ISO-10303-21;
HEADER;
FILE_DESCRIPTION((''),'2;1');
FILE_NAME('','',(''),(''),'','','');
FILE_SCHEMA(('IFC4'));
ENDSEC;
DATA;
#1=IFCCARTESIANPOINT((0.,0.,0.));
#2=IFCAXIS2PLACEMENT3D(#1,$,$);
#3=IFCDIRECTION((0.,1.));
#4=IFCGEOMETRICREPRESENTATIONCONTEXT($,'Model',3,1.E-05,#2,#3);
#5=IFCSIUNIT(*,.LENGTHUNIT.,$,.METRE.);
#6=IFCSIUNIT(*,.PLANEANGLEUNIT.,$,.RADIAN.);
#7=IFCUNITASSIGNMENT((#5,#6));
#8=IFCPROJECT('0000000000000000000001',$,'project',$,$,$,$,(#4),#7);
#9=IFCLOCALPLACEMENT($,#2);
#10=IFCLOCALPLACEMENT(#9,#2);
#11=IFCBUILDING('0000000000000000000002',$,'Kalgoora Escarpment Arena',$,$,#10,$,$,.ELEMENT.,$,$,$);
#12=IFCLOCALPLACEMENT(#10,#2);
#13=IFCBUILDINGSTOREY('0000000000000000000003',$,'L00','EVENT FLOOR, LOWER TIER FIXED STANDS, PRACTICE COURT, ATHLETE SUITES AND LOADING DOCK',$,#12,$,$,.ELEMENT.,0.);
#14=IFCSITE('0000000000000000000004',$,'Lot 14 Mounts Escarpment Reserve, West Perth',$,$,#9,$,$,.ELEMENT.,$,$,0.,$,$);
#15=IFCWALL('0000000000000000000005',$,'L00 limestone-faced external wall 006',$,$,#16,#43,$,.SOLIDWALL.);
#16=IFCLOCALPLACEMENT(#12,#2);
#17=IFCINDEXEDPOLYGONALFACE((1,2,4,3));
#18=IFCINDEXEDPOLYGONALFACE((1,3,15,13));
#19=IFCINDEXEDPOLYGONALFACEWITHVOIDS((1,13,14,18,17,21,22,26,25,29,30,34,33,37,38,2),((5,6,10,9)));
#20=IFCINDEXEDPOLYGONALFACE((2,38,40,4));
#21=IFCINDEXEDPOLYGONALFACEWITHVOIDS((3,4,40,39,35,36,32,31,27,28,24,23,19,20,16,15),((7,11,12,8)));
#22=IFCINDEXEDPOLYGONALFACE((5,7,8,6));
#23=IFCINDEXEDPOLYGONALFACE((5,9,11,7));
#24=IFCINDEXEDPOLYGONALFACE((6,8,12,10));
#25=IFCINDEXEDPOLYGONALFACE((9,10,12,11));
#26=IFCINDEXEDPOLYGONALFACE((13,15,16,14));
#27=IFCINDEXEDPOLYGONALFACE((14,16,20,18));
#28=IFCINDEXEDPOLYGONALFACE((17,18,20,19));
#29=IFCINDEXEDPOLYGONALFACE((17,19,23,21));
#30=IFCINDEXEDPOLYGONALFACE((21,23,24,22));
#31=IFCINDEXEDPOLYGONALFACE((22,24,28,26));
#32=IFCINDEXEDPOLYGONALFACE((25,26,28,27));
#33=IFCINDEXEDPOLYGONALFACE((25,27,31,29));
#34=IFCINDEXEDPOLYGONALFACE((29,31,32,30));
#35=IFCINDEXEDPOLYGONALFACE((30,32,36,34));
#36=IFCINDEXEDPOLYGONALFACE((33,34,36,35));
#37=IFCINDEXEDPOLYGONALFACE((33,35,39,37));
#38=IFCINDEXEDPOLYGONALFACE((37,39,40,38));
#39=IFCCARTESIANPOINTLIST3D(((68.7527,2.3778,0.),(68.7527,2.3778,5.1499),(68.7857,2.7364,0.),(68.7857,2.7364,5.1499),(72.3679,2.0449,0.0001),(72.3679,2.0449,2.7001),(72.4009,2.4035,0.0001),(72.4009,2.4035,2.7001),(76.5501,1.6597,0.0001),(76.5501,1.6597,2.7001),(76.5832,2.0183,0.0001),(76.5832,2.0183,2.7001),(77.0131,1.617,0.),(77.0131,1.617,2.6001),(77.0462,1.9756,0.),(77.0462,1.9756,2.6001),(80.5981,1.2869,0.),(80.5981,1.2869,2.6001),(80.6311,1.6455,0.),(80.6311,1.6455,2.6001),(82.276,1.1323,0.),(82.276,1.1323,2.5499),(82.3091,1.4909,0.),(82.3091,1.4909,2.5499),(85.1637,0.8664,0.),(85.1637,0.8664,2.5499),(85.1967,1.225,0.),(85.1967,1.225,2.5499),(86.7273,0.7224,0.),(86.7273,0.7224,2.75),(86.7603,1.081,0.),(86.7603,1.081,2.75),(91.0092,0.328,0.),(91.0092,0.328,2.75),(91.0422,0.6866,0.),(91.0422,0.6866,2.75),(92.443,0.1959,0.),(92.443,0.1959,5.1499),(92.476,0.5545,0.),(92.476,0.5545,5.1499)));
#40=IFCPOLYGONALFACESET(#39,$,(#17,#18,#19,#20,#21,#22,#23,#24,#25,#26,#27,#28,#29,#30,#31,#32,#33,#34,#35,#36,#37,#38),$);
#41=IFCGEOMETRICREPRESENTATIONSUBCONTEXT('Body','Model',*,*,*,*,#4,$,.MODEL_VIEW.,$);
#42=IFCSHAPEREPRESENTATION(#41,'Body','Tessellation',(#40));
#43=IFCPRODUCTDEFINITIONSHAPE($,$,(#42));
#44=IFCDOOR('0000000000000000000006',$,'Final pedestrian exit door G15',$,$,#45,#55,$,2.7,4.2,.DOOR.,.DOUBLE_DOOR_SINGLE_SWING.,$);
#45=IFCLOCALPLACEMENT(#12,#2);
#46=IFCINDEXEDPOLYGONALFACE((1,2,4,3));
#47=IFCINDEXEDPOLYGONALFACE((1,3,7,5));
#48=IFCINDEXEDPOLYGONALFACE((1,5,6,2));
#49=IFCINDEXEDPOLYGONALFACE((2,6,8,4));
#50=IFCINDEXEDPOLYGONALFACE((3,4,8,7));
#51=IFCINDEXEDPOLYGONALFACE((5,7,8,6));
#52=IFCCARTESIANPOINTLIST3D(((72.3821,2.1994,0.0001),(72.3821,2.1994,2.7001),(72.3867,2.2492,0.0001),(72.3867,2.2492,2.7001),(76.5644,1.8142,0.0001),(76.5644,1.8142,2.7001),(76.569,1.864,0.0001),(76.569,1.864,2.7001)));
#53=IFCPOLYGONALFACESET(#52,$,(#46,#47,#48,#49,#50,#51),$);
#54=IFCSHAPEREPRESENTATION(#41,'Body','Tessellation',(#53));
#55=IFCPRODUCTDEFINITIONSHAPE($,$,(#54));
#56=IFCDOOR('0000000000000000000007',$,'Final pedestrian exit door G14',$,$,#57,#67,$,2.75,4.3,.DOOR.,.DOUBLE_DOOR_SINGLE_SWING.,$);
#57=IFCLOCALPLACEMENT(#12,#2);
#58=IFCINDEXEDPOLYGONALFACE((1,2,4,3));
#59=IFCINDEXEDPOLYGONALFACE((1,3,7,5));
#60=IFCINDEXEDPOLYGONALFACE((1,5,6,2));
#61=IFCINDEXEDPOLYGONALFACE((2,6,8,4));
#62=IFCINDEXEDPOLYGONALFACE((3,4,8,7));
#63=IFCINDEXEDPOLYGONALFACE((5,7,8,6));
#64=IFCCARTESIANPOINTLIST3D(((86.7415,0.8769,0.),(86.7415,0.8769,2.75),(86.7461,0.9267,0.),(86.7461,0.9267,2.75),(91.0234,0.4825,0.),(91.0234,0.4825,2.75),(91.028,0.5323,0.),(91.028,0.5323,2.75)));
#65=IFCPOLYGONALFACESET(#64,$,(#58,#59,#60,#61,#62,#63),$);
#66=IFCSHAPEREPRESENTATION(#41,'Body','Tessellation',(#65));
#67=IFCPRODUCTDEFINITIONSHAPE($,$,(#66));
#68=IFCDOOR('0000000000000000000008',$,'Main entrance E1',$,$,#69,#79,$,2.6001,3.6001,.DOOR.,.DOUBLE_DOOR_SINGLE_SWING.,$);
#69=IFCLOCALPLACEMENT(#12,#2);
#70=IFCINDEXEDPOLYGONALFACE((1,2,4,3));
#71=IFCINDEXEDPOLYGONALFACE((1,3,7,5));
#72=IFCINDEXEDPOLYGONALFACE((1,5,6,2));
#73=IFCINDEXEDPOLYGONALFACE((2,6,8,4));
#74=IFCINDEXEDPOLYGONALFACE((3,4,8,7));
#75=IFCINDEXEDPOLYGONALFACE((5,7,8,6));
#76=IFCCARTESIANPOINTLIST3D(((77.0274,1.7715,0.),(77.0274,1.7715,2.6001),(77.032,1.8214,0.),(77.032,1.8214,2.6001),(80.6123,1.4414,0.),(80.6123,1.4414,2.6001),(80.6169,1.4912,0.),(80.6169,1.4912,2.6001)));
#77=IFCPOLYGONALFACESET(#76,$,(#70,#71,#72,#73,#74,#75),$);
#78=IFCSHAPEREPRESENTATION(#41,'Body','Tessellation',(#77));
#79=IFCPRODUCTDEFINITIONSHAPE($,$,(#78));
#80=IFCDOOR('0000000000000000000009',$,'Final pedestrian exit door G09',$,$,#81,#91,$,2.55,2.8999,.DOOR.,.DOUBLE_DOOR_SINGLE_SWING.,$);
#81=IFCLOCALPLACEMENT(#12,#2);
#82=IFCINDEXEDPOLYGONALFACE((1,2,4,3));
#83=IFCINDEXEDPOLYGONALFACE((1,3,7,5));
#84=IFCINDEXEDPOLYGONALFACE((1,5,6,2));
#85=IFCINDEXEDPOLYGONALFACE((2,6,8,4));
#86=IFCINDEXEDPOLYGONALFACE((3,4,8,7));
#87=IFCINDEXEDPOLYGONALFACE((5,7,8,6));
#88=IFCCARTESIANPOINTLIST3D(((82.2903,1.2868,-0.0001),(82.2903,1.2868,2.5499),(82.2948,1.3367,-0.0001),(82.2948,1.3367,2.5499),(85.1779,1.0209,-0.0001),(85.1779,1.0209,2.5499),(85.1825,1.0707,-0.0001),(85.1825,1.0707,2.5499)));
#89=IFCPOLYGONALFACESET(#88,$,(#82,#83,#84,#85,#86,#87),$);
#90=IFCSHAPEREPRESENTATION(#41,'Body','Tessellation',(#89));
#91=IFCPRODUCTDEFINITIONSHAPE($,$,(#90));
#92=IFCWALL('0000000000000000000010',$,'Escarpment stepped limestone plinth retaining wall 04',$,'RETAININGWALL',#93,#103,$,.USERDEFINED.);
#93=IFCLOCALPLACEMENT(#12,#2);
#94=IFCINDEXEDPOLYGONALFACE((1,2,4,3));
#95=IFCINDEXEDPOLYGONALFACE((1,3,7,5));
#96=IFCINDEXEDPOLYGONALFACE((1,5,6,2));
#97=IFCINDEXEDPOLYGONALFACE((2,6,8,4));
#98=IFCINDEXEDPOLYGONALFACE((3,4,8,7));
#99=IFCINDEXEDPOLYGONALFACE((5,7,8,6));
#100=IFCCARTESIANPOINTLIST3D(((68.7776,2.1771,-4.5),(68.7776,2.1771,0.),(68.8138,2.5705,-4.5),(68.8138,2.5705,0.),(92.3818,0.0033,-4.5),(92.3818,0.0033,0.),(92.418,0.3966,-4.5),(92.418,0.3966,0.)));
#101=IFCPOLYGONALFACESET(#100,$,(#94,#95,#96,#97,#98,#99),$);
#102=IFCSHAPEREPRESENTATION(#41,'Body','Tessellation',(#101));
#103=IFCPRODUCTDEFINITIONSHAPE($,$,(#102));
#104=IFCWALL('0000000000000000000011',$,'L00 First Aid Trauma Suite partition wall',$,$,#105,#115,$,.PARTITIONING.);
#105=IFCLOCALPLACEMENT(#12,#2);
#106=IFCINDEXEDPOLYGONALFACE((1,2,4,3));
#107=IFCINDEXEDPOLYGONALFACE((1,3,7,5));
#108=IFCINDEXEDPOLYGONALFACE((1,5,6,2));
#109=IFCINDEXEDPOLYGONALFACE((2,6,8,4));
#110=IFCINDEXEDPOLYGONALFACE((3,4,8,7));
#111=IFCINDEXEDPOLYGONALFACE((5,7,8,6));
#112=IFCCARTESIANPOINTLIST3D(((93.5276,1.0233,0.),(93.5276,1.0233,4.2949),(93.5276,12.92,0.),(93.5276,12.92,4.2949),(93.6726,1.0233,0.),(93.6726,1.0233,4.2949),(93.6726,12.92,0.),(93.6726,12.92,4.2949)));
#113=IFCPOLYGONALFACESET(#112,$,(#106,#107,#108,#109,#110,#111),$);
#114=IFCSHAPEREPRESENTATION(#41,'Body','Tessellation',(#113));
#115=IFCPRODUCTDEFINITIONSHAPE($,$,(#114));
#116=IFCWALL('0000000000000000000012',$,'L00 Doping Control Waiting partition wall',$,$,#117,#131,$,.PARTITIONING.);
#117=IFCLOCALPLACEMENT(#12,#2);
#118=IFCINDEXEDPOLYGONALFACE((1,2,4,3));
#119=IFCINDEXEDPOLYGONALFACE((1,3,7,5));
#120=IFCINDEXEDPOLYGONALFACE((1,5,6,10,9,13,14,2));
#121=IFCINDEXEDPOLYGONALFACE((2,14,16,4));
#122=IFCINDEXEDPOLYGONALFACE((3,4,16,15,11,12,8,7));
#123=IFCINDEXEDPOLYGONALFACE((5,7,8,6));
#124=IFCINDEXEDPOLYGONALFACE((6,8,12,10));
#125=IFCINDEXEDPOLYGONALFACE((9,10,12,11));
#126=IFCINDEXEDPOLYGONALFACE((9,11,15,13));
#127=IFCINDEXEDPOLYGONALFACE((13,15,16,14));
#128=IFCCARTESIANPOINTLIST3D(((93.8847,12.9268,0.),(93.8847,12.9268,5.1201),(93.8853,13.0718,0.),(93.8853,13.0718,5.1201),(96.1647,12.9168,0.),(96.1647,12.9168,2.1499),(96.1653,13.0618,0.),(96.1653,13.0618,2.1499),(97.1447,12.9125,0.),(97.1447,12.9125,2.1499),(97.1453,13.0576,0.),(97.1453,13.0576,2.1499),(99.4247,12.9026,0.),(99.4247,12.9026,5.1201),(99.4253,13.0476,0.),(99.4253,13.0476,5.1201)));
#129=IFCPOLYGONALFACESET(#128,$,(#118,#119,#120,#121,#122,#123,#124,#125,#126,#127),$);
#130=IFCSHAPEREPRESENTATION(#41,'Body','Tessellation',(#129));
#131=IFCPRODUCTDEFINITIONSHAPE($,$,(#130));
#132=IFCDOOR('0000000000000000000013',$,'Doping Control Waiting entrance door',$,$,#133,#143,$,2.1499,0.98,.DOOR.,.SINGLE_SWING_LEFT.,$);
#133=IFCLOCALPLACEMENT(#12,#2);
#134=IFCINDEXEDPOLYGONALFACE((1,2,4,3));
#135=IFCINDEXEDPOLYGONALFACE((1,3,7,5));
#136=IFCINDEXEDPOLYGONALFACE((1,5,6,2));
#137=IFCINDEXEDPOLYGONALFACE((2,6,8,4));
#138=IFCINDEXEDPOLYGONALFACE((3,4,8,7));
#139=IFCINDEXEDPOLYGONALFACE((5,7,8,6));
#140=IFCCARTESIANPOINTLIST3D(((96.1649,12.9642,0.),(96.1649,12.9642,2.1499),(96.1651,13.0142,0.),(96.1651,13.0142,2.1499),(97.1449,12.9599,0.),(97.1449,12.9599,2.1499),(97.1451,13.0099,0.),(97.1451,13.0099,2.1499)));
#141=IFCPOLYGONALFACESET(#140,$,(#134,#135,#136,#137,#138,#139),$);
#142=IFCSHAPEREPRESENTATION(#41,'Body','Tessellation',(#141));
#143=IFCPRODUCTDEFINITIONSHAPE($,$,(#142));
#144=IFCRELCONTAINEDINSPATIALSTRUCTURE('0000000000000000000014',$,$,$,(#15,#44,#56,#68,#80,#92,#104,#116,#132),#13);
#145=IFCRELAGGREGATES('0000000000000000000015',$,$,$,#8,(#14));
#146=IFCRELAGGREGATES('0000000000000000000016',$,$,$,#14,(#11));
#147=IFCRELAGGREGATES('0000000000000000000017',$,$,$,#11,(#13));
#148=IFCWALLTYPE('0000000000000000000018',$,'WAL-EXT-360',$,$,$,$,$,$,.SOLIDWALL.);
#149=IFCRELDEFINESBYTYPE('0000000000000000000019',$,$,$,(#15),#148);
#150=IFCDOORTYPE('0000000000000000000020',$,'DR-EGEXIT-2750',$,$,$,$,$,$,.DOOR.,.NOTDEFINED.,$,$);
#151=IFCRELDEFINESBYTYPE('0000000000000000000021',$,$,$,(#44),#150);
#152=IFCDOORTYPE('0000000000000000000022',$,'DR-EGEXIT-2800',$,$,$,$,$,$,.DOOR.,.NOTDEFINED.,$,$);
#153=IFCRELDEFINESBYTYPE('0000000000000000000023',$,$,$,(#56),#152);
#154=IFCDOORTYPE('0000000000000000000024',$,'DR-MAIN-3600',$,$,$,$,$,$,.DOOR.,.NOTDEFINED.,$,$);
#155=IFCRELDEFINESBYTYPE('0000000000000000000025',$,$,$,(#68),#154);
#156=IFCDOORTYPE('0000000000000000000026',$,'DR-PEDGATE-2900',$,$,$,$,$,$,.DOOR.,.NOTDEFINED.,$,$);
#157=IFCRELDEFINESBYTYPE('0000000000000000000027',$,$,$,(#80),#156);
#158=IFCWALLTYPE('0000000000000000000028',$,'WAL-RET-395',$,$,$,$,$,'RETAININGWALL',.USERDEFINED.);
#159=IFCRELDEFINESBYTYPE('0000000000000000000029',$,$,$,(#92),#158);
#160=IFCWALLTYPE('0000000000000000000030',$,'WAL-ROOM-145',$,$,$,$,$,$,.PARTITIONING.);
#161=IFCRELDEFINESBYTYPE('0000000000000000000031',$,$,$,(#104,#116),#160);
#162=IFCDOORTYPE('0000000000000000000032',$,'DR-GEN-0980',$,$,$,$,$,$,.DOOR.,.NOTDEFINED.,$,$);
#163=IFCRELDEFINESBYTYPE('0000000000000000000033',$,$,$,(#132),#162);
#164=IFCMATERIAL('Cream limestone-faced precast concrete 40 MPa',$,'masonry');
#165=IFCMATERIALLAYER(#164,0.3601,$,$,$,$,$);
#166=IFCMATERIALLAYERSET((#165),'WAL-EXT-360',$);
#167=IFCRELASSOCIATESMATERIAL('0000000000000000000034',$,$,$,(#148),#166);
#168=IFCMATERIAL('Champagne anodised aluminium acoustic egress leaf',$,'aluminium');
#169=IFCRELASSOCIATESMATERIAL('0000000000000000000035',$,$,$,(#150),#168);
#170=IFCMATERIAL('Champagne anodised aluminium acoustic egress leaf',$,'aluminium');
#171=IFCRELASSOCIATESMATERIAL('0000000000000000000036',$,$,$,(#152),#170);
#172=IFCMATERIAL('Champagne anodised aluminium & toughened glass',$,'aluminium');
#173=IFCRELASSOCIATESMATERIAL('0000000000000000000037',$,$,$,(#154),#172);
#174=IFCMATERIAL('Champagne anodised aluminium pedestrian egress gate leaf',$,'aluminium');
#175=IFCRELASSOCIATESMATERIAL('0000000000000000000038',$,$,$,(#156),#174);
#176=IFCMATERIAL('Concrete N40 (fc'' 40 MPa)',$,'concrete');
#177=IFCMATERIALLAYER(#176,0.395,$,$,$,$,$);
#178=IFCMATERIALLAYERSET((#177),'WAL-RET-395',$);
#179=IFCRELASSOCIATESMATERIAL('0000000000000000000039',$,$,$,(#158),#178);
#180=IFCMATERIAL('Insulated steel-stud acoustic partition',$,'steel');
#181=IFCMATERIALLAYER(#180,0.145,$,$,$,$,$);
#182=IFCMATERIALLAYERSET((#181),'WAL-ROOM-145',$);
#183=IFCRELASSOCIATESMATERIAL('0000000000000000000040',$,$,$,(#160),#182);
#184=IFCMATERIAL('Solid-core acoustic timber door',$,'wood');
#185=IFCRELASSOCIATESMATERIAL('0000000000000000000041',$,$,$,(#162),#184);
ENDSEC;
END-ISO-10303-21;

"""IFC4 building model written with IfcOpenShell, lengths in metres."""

from ifc_helpers import new_model, si_unit, direction, frame, frame_2d, origin, place, context, subcontext, project, spatial, rectangle, extrude, material, layer, layer_set, type_object, element, fill, save


model = new_model("IFC4")

# Units and contexts
model_context = context("Model", 3, precision=1e-05, world=origin(), true_north=direction((0.0, 1.0)))
body_context = subcontext(model_context, "Body", "Model", "MODEL_VIEW")
ifc_project = project(units=[si_unit("LENGTHUNIT", "METRE"), si_unit("PLANEANGLEUNIT", "RADIAN")], contexts=[model_context])

# Site, building, storey
site_placement = place(None, origin())
site = spatial("IfcSite", under=ifc_project, at=site_placement, Name="Lot 14 Mounts Escarpment Reserve, West Perth", CompositionType="ELEMENT", RefElevation=0.0)
building_placement = place(site_placement, origin())
building = spatial("IfcBuilding", under=site, at=building_placement, Name="Kalgoora Escarpment Arena", CompositionType="ELEMENT")
storey_placement = place(building_placement, origin())
storey = spatial("IfcBuildingStorey", under=building, at=storey_placement, Name="L00", Description="EVENT FLOOR, LOWER TIER FIXED STANDS, PRACTICE COURT, ATHLETE SUITES AND LOADING DOCK", CompositionType="ELEMENT", Elevation=0.0)

# Wall, openings, doors
ifc_material_1 = material(Name="Cream limestone-faced precast concrete 40 MPa", Category="masonry")
ifc_layer_1 = layer(ifc_material_1, 0.3601)
ifc_layer_set_1 = layer_set([ifc_layer_1], Name="WAL-EXT-360")
wall_type_1 = type_object("IfcWallType", Name="WAL-EXT-360", PredefinedType="SOLIDWALL", material=ifc_layer_set_1)
wall_1_placement = place(storey_placement, frame((92.4595, 0.3752, 0.0), z_axis=(0.0, 0.0, 1.0), x_axis=(-0.995786, 0.091713, 0.0)))
wall_1 = element("IfcWall", 1, at=wall_1_placement, inside=storey, type_object=wall_type_1, Name="L00 limestone-faced external wall 006", PredefinedType="SOLIDWALL", context=body_context, shape_type="SweptSolid", body=[
    extrude(rectangle(XDim=23.7905, YDim=0.3601, at=frame_2d((11.8953, 0.0))), origin(), (0.0, 0.0, 1.0), 5.1499),
])
opening_1_placement = place(wall_1_placement, frame((7.3101, 0.0, 0.0)))
opening_1 = element("IfcOpeningElement", 2, at=opening_1_placement, cuts=wall_1, PredefinedType="OPENING", context=body_context, shape_type="SweptSolid", body=[
    extrude(rectangle(XDim=2.8999, YDim=2.55, at=frame_2d((1.45, 1.2749))), frame((0.0, 0.1899, 0.0), z_axis=(0.0, -1.0, 0.0), x_axis=(1.0, 0.0, 0.0)), (0.0, 0.0, 1.0), 0.3801),
])
opening_2_placement = place(wall_1_placement, frame((11.895, 0.0, 0.0)))
opening_2 = element("IfcOpeningElement", 3, at=opening_2_placement, cuts=wall_1, PredefinedType="OPENING", context=body_context, shape_type="SweptSolid", body=[
    extrude(rectangle(XDim=3.6001, YDim=2.6001, at=frame_2d((1.8, 1.3))), frame((0.0, 0.1899, 0.0), z_axis=(0.0, -1.0, 0.0), x_axis=(1.0, 0.0, 0.0)), (0.0, 0.0, 1.0), 0.3801),
])
opening_3_placement = place(wall_1_placement, frame((1.4399, 0.0, 0.0)))
opening_3 = element("IfcOpeningElement", 4, at=opening_3_placement, cuts=wall_1, PredefinedType="OPENING", context=body_context, shape_type="SweptSolid", body=[
    extrude(rectangle(XDim=4.3, YDim=2.75, at=frame_2d((2.1499, 1.375))), frame((0.0, 0.1899, 0.0), z_axis=(0.0, -1.0, 0.0), x_axis=(1.0, 0.0, 0.0)), (0.0, 0.0, 1.0), 0.3801),
])
opening_4_placement = place(wall_1_placement, frame((15.96, 0.0, 0.0)))
opening_4 = element("IfcOpeningElement", 5, at=opening_4_placement, cuts=wall_1, PredefinedType="OPENING", context=body_context, shape_type="SweptSolid", body=[
    extrude(rectangle(XDim=4.2, YDim=2.7, at=frame_2d((2.1001, 1.3501))), frame((0.0, 0.1899, 0.0), z_axis=(0.0, -1.0, 0.0), x_axis=(1.0, 0.0, 0.0)), (0.0, 0.0, 1.0), 0.3801),
])
ifc_material_2 = material(Name="Champagne anodised aluminium acoustic egress leaf", Category="aluminium")
door_type_1 = type_object("IfcDoorType", Name="DR-EGEXIT-2750", OperationType="NOTDEFINED", PredefinedType="DOOR", material=ifc_material_2)
door_1_placement = place(opening_4_placement, origin())
door_1 = element("IfcDoor", 6, at=door_1_placement, inside=storey, type_object=door_type_1, Name="Final pedestrian exit door G15", OperationType="DOUBLE_DOOR_SINGLE_SWING", OverallHeight=2.7, OverallWidth=4.2, PredefinedType="DOOR", context=body_context, shape_type="SweptSolid", body=[
    extrude(rectangle(XDim=4.2, YDim=2.7, at=frame_2d((2.1001, 1.3501))), frame((0.0, 0.0249, 0.0), z_axis=(0.0, -1.0, 0.0), x_axis=(1.0, 0.0, 0.0)), (0.0, 0.0, 1.0), 0.05),
])
fill(opening_4, door_1)
ifc_material_3 = material(Name="Champagne anodised aluminium acoustic egress leaf", Category="aluminium")
door_type_2 = type_object("IfcDoorType", Name="DR-EGEXIT-2800", OperationType="NOTDEFINED", PredefinedType="DOOR", material=ifc_material_3)
door_2_placement = place(opening_3_placement, origin())
door_2 = element("IfcDoor", 7, at=door_2_placement, inside=storey, type_object=door_type_2, Name="Final pedestrian exit door G14", OperationType="DOUBLE_DOOR_SINGLE_SWING", OverallHeight=2.75, OverallWidth=4.3, PredefinedType="DOOR", context=body_context, shape_type="SweptSolid", body=[
    extrude(rectangle(XDim=4.3, YDim=2.75, at=frame_2d((2.1499, 1.375))), frame((0.0, 0.0249, 0.0), z_axis=(0.0, -1.0, 0.0), x_axis=(1.0, 0.0, 0.0)), (0.0, 0.0, 1.0), 0.05),
])
fill(opening_3, door_2)
ifc_material_4 = material(Name="Champagne anodised aluminium & toughened glass", Category="aluminium")
door_type_3 = type_object("IfcDoorType", Name="DR-MAIN-3600", OperationType="NOTDEFINED", PredefinedType="DOOR", material=ifc_material_4)
door_3_placement = place(opening_2_placement, origin())
door_3 = element("IfcDoor", 8, at=door_3_placement, inside=storey, type_object=door_type_3, Name="Main entrance E1", OperationType="DOUBLE_DOOR_SINGLE_SWING", OverallHeight=2.6001, OverallWidth=3.6001, PredefinedType="DOOR", context=body_context, shape_type="SweptSolid", body=[
    extrude(rectangle(XDim=3.6001, YDim=2.6001, at=frame_2d((1.8, 1.3))), frame((0.0, 0.0249, 0.0), z_axis=(0.0, -1.0, 0.0), x_axis=(1.0, 0.0, 0.0)), (0.0, 0.0, 1.0), 0.05),
])
fill(opening_2, door_3)
ifc_material_5 = material(Name="Champagne anodised aluminium pedestrian egress gate leaf", Category="aluminium")
door_type_4 = type_object("IfcDoorType", Name="DR-PEDGATE-2900", OperationType="NOTDEFINED", PredefinedType="DOOR", material=ifc_material_5)
door_4_placement = place(opening_1_placement, origin())
door_4 = element("IfcDoor", 9, at=door_4_placement, inside=storey, type_object=door_type_4, Name="Final pedestrian exit door G09", OperationType="DOUBLE_DOOR_SINGLE_SWING", OverallHeight=2.55, OverallWidth=2.8999, PredefinedType="DOOR", context=body_context, shape_type="SweptSolid", body=[
    extrude(rectangle(XDim=2.8999, YDim=2.55, at=frame_2d((1.45, 1.2749))), frame((0.0, 0.0249, 0.0), z_axis=(0.0, -1.0, 0.0), x_axis=(1.0, 0.0, 0.0)), (0.0, 0.0, 1.0), 0.05),
])
fill(opening_1, door_4)

# Walls
ifc_material_6 = material(Name="Concrete N40 (fc' 40 MPa)", Category="concrete")
ifc_layer_2 = layer(ifc_material_6, 0.395)
ifc_layer_set_2 = layer_set([ifc_layer_2], Name="WAL-RET-395")
wall_type_2 = type_object("IfcWallType", Name="WAL-RET-395", ElementType="RETAININGWALL", PredefinedType="USERDEFINED", material=ifc_layer_set_2)
wall_2_placement = place(storey_placement, frame((92.3999, 0.2, -4.5), z_axis=(0.0, 0.0, 1.0), x_axis=(-0.995786, 0.091707, 0.0)))
element("IfcWall", 10, at=wall_2_placement, inside=storey, type_object=wall_type_2, Name="Escarpment stepped limestone plinth retaining wall 04", ObjectType="RETAININGWALL", PredefinedType="USERDEFINED", context=body_context, shape_type="SweptSolid", body=[
    extrude(rectangle(XDim=23.7041, YDim=0.395, at=frame_2d((11.8521, 0.0))), origin(), (0.0, 0.0, 1.0), 4.5),
])
ifc_material_7 = material(Name="Insulated steel-stud acoustic partition", Category="steel")
ifc_layer_3 = layer(ifc_material_7, 0.145)
ifc_layer_set_3 = layer_set([ifc_layer_3], Name="WAL-ROOM-145")
wall_type_3 = type_object("IfcWallType", Name="WAL-ROOM-145", PredefinedType="PARTITIONING", material=ifc_layer_set_3)
wall_3_placement = place(storey_placement, frame((93.6001, 12.9199, 0.0), z_axis=(0.0, 0.0, 1.0), x_axis=(0.0, -1.0, 0.0)))
element("IfcWall", 11, at=wall_3_placement, inside=storey, type_object=wall_type_3, Name="L00 First Aid Trauma Suite partition wall", PredefinedType="PARTITIONING", context=body_context, shape_type="SweptSolid", body=[
    extrude(rectangle(XDim=11.8967, YDim=0.145, at=frame_2d((5.9482, 0.0))), origin(), (0.0, 0.0, 1.0), 4.2949),
])

# Wall, opening, door
wall_4_placement = place(storey_placement, frame((93.885, 12.9993, 0.0), z_axis=(0.0, 0.0, 1.0), x_axis=(0.99999, -0.004363, 0.0)))
wall_4 = element("IfcWall", 12, at=wall_4_placement, inside=storey, type_object=wall_type_3, Name="L00 Doping Control Waiting partition wall", PredefinedType="PARTITIONING", context=body_context, shape_type="SweptSolid", body=[
    extrude(rectangle(XDim=5.54, YDim=0.145, at=frame_2d((2.77, 0.0))), origin(), (0.0, 0.0, 1.0), 5.1201),
])
opening_5_placement = place(wall_4_placement, frame((2.28, 0.0, 0.0)))
opening_5 = element("IfcOpeningElement", 13, at=opening_5_placement, cuts=wall_4, PredefinedType="OPENING", context=body_context, shape_type="SweptSolid", body=[
    extrude(rectangle(XDim=0.98, YDim=2.1499, at=frame_2d((0.49, 1.075))), frame((0.0, 0.0825, 0.0), z_axis=(0.0, -1.0, 0.0), x_axis=(1.0, 0.0, 0.0)), (0.0, 0.0, 1.0), 0.165),
])
ifc_material_8 = material(Name="Solid-core acoustic timber door", Category="wood")
door_type_5 = type_object("IfcDoorType", Name="DR-GEN-0980", OperationType="NOTDEFINED", PredefinedType="DOOR", material=ifc_material_8)
door_5_placement = place(opening_5_placement, origin())
door_5 = element("IfcDoor", 14, at=door_5_placement, inside=storey, type_object=door_type_5, Name="Doping Control Waiting entrance door", OperationType="SINGLE_SWING_LEFT", OverallHeight=2.1499, OverallWidth=0.98, PredefinedType="DOOR", context=body_context, shape_type="SweptSolid", body=[
    extrude(rectangle(XDim=0.98, YDim=2.1499, at=frame_2d((0.49, 1.075))), frame((0.0, 0.0249, 0.0), z_axis=(0.0, -1.0, 0.0), x_axis=(1.0, 0.0, 0.0)), (0.0, 0.0, 1.0), 0.05),
])
fill(opening_5, door_5)

save(model, "model.ifc")
